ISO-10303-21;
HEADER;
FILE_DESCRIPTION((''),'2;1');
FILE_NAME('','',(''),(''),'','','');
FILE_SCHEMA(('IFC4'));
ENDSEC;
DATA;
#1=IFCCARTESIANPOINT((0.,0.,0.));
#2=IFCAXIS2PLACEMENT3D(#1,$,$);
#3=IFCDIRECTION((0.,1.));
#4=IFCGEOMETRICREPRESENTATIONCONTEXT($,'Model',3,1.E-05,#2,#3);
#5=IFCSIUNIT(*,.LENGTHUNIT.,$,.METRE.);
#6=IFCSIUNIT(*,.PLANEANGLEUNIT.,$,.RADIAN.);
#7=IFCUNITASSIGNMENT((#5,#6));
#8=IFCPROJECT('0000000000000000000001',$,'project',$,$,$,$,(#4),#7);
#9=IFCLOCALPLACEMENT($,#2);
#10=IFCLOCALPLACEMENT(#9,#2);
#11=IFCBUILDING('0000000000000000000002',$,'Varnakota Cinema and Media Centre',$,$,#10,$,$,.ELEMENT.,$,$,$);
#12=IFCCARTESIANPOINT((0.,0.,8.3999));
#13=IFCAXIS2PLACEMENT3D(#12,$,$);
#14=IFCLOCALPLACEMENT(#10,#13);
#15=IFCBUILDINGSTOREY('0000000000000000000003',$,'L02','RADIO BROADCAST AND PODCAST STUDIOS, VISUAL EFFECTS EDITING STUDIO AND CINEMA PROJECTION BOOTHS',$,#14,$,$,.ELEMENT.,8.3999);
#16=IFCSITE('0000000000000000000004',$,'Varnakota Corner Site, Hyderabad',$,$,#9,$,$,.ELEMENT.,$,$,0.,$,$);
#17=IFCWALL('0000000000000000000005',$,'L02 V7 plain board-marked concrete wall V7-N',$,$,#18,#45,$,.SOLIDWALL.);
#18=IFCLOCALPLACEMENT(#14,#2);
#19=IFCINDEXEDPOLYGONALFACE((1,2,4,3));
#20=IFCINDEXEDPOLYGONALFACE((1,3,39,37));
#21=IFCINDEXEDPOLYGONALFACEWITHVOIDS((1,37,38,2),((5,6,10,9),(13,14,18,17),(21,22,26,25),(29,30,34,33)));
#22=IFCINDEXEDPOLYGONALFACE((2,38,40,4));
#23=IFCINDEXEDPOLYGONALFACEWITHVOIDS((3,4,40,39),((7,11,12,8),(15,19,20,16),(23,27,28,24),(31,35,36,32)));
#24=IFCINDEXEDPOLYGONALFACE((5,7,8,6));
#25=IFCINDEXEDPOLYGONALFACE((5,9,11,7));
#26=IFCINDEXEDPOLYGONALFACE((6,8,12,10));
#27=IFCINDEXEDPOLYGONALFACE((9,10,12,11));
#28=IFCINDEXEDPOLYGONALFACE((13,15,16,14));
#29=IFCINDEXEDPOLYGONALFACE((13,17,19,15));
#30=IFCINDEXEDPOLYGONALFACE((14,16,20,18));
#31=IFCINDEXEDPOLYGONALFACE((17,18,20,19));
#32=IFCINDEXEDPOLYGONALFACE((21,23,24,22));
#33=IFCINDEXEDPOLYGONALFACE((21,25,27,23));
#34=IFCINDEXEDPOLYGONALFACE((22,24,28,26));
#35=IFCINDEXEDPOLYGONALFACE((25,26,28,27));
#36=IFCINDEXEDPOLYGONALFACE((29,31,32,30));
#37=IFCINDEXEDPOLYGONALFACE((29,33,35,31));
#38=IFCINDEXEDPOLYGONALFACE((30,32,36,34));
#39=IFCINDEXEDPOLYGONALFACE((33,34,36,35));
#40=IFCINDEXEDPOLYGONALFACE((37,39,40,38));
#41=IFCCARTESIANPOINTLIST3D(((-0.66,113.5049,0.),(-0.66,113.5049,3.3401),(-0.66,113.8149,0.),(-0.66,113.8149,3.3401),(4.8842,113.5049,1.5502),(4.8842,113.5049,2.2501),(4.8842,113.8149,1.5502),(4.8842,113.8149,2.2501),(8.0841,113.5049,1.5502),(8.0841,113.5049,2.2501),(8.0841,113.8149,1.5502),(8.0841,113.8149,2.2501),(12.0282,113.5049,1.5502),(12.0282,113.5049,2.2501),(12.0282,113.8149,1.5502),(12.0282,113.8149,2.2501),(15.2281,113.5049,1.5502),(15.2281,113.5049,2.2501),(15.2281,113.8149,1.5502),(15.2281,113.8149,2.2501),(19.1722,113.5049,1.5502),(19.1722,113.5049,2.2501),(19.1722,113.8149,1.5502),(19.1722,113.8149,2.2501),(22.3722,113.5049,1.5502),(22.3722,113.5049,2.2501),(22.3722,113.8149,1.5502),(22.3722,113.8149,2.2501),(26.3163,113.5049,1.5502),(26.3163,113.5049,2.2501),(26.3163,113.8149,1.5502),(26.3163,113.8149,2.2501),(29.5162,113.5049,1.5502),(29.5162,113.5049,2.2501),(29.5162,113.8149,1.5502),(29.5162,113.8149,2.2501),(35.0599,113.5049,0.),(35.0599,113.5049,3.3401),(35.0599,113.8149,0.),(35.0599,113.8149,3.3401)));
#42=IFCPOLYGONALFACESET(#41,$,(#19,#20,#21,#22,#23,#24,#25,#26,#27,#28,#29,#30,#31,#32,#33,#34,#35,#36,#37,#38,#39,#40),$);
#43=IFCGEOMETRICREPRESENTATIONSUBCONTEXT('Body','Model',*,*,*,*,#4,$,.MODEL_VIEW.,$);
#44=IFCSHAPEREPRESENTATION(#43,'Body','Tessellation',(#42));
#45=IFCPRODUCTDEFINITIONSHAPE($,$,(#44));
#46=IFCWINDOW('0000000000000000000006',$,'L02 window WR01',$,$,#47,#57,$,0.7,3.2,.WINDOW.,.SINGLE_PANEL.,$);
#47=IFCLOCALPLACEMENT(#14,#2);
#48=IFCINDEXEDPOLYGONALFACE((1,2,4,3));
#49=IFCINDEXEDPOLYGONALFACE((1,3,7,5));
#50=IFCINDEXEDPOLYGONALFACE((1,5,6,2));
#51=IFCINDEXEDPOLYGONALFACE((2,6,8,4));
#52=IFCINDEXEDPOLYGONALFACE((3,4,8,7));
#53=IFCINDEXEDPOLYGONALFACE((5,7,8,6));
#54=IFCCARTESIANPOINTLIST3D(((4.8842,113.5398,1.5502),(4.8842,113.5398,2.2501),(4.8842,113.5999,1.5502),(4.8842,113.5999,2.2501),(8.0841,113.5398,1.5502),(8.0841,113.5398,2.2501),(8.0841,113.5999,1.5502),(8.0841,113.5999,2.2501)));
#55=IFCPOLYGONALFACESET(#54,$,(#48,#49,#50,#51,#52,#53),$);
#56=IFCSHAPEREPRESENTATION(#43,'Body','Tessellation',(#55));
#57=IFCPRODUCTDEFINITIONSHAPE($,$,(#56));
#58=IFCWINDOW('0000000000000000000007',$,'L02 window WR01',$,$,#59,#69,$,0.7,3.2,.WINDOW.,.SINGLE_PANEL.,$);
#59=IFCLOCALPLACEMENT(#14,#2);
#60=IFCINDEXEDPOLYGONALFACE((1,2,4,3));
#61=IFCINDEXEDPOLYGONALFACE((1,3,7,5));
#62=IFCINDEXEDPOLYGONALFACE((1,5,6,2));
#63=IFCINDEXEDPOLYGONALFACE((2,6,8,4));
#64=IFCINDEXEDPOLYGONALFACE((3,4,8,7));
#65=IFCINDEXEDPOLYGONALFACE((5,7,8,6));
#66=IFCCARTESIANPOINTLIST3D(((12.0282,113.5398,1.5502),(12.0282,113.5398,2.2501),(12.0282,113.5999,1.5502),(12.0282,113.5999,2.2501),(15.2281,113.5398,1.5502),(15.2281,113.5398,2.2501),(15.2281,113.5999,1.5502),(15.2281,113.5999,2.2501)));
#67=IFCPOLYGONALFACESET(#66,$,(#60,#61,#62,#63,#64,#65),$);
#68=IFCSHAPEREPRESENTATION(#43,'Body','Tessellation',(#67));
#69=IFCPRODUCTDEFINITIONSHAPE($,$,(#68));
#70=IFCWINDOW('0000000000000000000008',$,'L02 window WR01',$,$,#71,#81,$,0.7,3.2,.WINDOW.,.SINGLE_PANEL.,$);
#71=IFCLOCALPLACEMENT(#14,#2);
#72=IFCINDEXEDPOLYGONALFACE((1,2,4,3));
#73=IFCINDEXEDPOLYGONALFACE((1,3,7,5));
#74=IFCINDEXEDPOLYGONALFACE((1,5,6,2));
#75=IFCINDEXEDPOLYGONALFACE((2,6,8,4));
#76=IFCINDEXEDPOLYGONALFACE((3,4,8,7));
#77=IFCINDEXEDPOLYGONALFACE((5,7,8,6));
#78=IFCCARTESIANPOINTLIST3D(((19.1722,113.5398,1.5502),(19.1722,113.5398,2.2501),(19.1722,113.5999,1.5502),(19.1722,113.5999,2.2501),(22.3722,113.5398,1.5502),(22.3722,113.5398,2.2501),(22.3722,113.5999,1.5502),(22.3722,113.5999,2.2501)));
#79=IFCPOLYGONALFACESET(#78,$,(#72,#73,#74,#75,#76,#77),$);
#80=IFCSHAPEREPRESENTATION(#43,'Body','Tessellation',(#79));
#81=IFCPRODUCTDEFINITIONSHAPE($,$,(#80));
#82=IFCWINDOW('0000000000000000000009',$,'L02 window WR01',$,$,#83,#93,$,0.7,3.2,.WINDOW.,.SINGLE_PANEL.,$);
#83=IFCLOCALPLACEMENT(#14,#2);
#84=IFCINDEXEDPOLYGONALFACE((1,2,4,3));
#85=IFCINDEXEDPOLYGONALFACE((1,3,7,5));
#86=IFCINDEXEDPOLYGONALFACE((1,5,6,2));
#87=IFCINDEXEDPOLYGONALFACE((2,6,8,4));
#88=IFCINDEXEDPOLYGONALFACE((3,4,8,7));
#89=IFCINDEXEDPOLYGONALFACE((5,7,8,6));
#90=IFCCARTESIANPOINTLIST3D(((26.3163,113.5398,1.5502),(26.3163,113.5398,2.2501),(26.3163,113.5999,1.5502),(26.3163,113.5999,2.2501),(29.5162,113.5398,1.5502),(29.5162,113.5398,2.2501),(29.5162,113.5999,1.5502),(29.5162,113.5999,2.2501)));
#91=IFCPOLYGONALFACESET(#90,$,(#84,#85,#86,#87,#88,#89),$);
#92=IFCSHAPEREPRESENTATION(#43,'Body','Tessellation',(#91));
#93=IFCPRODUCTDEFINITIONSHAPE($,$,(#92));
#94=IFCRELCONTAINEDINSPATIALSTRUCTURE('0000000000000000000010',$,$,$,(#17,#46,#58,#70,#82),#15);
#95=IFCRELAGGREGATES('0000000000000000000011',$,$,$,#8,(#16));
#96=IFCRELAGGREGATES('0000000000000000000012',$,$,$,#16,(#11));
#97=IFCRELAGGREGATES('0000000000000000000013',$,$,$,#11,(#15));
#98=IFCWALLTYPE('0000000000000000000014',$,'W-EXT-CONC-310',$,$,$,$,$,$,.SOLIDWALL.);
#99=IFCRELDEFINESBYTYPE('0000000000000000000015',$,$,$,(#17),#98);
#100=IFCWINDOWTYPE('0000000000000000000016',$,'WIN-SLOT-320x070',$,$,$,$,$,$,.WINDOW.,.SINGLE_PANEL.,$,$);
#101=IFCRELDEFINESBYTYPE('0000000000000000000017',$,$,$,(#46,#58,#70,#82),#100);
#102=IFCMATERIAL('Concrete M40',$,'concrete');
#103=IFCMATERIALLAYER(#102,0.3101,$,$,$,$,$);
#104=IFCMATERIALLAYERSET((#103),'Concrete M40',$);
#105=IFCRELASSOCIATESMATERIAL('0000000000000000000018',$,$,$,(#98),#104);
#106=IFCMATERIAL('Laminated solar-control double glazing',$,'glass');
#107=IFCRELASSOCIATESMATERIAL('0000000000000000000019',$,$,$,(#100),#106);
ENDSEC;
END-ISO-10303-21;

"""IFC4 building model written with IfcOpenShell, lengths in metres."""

from ifc_helpers import new_model, si_unit, direction, frame, frame_2d, origin, place, context, subcontext, project, spatial, rectangle, extrude, material, layer, layer_set, type_object, element, fill, save


model = new_model("IFC4")

# Units and contexts
model_context = context("Model", 3, precision=1e-05, world=origin(), true_north=direction((0.0, 1.0)))
body_context = subcontext(model_context, "Body", "Model", "MODEL_VIEW")
ifc_project = project(units=[si_unit("LENGTHUNIT", "METRE"), si_unit("PLANEANGLEUNIT", "RADIAN")], contexts=[model_context])

# Site, building, storey
site_placement = place(None, origin())
site = spatial("IfcSite", under=ifc_project, at=site_placement, Name="Varnakota Corner Site, Hyderabad", CompositionType="ELEMENT", RefElevation=0.0)
building_placement = place(site_placement, origin())
building = spatial("IfcBuilding", under=site, at=building_placement, Name="Varnakota Cinema and Media Centre", CompositionType="ELEMENT")
storey_placement = place(building_placement, frame((0.0, 0.0, 8.3999)))
storey = spatial("IfcBuildingStorey", under=building, at=storey_placement, Name="L02", Description="RADIO BROADCAST AND PODCAST STUDIOS, VISUAL EFFECTS EDITING STUDIO AND CINEMA PROJECTION BOOTHS", CompositionType="ELEMENT", Elevation=8.3999)

# Wall, openings, windows
ifc_material_1 = material(Name="Concrete M40", Category="concrete")
ifc_layer_1 = layer(ifc_material_1, 0.3101)
ifc_layer_set_1 = layer_set([ifc_layer_1], Name="Concrete M40")
wall_type_1 = type_object("IfcWallType", Name="W-EXT-CONC-310", PredefinedType="SOLIDWALL", material=ifc_layer_set_1)
wall_1_placement = place(storey_placement, frame((-0.6599, 113.6599, 0.0), z_axis=(0.0, 0.0, 1.0), x_axis=(1.0, 0.0, 0.0)))
wall_1 = element("IfcWall", 1, at=wall_1_placement, inside=storey, type_object=wall_type_1, Name="L02 V7 plain board-marked concrete wall V7-N", PredefinedType="SOLIDWALL", context=body_context, shape_type="SweptSolid", body=[
    extrude(rectangle(XDim=35.72, YDim=0.3101, at=frame_2d((17.8599, 0.0))), origin(), (0.0, 0.0, 1.0), 3.3401),
])
opening_1_placement = place(wall_1_placement, frame((5.5439, 0.0, 1.55)))
opening_1 = element("IfcOpeningElement", 2, at=opening_1_placement, cuts=wall_1, PredefinedType="OPENING", context=body_context, shape_type="SweptSolid", body=[
    extrude(rectangle(XDim=3.2, YDim=0.7, at=frame_2d((1.6001, 0.3501))), frame((0.0, 0.155, 0.0), z_axis=(0.0, -1.0, 0.0), x_axis=(1.0, 0.0, 0.0)), (0.0, 0.0, 1.0), 0.3101),
])
opening_2_placement = place(wall_1_placement, frame((12.688, 0.0, 1.55)))
opening_2 = element("IfcOpeningElement", 3, at=opening_2_placement, cuts=wall_1, PredefinedType="OPENING", context=body_context, shape_type="SweptSolid", body=[
    extrude(rectangle(XDim=3.2, YDim=0.7, at=frame_2d((1.6001, 0.3501))), frame((0.0, 0.155, 0.0), z_axis=(0.0, -1.0, 0.0), x_axis=(1.0, 0.0, 0.0)), (0.0, 0.0, 1.0), 0.3101),
])
opening_3_placement = place(wall_1_placement, frame((19.832, 0.0, 1.55)))
opening_3 = element("IfcOpeningElement", 4, at=opening_3_placement, cuts=wall_1, PredefinedType="OPENING", context=body_context, shape_type="SweptSolid", body=[
    extrude(rectangle(XDim=3.2, YDim=0.7, at=frame_2d((1.6001, 0.3501))), frame((0.0, 0.155, 0.0), z_axis=(0.0, -1.0, 0.0), x_axis=(1.0, 0.0, 0.0)), (0.0, 0.0, 1.0), 0.3101),
])
opening_4_placement = place(wall_1_placement, frame((26.9761, 0.0, 1.55)))
opening_4 = element("IfcOpeningElement", 5, at=opening_4_placement, cuts=wall_1, PredefinedType="OPENING", context=body_context, shape_type="SweptSolid", body=[
    extrude(rectangle(XDim=3.2, YDim=0.7, at=frame_2d((1.6001, 0.3501))), frame((0.0, 0.155, 0.0), z_axis=(0.0, -1.0, 0.0), x_axis=(1.0, 0.0, 0.0)), (0.0, 0.0, 1.0), 0.3101),
])
ifc_material_2 = material(Name="Laminated solar-control double glazing", Category="glass")
window_type = type_object("IfcWindowType", Name="WIN-SLOT-320x070", PartitioningType="SINGLE_PANEL", PredefinedType="WINDOW", material=ifc_material_2)
window_1_placement = place(opening_1_placement, origin())
window_1 = element("IfcWindow", 6, at=window_1_placement, inside=storey, type_object=window_type, Name="L02 window WR01", OverallHeight=0.7, OverallWidth=3.2, PartitioningType="SINGLE_PANEL", PredefinedType="WINDOW", context=body_context, shape_type="SweptSolid", body=[
    extrude(rectangle(XDim=3.2, YDim=0.7, at=frame_2d((1.6001, 0.3501))), frame((0.0, -0.0601, 0.0), z_axis=(0.0, -1.0, 0.0), x_axis=(1.0, 0.0, 0.0)), (0.0, 0.0, 1.0), 0.0601),
])
fill(opening_1, window_1)
window_2_placement = place(opening_2_placement, origin())
window_2 = element("IfcWindow", 7, at=window_2_placement, inside=storey, type_object=window_type, Name="L02 window WR01", OverallHeight=0.7, OverallWidth=3.2, PartitioningType="SINGLE_PANEL", PredefinedType="WINDOW", context=body_context, shape_type="SweptSolid", body=[
    extrude(rectangle(XDim=3.2, YDim=0.7, at=frame_2d((1.6001, 0.3501))), frame((0.0, -0.0601, 0.0), z_axis=(0.0, -1.0, 0.0), x_axis=(1.0, 0.0, 0.0)), (0.0, 0.0, 1.0), 0.0601),
])
fill(opening_2, window_2)
window_3_placement = place(opening_3_placement, origin())
window_3 = element("IfcWindow", 8, at=window_3_placement, inside=storey, type_object=window_type, Name="L02 window WR01", OverallHeight=0.7, OverallWidth=3.2, PartitioningType="SINGLE_PANEL", PredefinedType="WINDOW", context=body_context, shape_type="SweptSolid", body=[
    extrude(rectangle(XDim=3.2, YDim=0.7, at=frame_2d((1.6001, 0.3501))), frame((0.0, -0.0601, 0.0), z_axis=(0.0, -1.0, 0.0), x_axis=(1.0, 0.0, 0.0)), (0.0, 0.0, 1.0), 0.0601),
])
fill(opening_3, window_3)
window_4_placement = place(opening_4_placement, origin())
window_4 = element("IfcWindow", 9, at=window_4_placement, inside=storey, type_object=window_type, Name="L02 window WR01", OverallHeight=0.7, OverallWidth=3.2, PartitioningType="SINGLE_PANEL", PredefinedType="WINDOW", context=body_context, shape_type="SweptSolid", body=[
    extrude(rectangle(XDim=3.2, YDim=0.7, at=frame_2d((1.6001, 0.3501))), frame((0.0, -0.0601, 0.0), z_axis=(0.0, -1.0, 0.0), x_axis=(1.0, 0.0, 0.0)), (0.0, 0.0, 1.0), 0.0601),
])
fill(opening_4, window_4)

save(model, "model.ifc")
